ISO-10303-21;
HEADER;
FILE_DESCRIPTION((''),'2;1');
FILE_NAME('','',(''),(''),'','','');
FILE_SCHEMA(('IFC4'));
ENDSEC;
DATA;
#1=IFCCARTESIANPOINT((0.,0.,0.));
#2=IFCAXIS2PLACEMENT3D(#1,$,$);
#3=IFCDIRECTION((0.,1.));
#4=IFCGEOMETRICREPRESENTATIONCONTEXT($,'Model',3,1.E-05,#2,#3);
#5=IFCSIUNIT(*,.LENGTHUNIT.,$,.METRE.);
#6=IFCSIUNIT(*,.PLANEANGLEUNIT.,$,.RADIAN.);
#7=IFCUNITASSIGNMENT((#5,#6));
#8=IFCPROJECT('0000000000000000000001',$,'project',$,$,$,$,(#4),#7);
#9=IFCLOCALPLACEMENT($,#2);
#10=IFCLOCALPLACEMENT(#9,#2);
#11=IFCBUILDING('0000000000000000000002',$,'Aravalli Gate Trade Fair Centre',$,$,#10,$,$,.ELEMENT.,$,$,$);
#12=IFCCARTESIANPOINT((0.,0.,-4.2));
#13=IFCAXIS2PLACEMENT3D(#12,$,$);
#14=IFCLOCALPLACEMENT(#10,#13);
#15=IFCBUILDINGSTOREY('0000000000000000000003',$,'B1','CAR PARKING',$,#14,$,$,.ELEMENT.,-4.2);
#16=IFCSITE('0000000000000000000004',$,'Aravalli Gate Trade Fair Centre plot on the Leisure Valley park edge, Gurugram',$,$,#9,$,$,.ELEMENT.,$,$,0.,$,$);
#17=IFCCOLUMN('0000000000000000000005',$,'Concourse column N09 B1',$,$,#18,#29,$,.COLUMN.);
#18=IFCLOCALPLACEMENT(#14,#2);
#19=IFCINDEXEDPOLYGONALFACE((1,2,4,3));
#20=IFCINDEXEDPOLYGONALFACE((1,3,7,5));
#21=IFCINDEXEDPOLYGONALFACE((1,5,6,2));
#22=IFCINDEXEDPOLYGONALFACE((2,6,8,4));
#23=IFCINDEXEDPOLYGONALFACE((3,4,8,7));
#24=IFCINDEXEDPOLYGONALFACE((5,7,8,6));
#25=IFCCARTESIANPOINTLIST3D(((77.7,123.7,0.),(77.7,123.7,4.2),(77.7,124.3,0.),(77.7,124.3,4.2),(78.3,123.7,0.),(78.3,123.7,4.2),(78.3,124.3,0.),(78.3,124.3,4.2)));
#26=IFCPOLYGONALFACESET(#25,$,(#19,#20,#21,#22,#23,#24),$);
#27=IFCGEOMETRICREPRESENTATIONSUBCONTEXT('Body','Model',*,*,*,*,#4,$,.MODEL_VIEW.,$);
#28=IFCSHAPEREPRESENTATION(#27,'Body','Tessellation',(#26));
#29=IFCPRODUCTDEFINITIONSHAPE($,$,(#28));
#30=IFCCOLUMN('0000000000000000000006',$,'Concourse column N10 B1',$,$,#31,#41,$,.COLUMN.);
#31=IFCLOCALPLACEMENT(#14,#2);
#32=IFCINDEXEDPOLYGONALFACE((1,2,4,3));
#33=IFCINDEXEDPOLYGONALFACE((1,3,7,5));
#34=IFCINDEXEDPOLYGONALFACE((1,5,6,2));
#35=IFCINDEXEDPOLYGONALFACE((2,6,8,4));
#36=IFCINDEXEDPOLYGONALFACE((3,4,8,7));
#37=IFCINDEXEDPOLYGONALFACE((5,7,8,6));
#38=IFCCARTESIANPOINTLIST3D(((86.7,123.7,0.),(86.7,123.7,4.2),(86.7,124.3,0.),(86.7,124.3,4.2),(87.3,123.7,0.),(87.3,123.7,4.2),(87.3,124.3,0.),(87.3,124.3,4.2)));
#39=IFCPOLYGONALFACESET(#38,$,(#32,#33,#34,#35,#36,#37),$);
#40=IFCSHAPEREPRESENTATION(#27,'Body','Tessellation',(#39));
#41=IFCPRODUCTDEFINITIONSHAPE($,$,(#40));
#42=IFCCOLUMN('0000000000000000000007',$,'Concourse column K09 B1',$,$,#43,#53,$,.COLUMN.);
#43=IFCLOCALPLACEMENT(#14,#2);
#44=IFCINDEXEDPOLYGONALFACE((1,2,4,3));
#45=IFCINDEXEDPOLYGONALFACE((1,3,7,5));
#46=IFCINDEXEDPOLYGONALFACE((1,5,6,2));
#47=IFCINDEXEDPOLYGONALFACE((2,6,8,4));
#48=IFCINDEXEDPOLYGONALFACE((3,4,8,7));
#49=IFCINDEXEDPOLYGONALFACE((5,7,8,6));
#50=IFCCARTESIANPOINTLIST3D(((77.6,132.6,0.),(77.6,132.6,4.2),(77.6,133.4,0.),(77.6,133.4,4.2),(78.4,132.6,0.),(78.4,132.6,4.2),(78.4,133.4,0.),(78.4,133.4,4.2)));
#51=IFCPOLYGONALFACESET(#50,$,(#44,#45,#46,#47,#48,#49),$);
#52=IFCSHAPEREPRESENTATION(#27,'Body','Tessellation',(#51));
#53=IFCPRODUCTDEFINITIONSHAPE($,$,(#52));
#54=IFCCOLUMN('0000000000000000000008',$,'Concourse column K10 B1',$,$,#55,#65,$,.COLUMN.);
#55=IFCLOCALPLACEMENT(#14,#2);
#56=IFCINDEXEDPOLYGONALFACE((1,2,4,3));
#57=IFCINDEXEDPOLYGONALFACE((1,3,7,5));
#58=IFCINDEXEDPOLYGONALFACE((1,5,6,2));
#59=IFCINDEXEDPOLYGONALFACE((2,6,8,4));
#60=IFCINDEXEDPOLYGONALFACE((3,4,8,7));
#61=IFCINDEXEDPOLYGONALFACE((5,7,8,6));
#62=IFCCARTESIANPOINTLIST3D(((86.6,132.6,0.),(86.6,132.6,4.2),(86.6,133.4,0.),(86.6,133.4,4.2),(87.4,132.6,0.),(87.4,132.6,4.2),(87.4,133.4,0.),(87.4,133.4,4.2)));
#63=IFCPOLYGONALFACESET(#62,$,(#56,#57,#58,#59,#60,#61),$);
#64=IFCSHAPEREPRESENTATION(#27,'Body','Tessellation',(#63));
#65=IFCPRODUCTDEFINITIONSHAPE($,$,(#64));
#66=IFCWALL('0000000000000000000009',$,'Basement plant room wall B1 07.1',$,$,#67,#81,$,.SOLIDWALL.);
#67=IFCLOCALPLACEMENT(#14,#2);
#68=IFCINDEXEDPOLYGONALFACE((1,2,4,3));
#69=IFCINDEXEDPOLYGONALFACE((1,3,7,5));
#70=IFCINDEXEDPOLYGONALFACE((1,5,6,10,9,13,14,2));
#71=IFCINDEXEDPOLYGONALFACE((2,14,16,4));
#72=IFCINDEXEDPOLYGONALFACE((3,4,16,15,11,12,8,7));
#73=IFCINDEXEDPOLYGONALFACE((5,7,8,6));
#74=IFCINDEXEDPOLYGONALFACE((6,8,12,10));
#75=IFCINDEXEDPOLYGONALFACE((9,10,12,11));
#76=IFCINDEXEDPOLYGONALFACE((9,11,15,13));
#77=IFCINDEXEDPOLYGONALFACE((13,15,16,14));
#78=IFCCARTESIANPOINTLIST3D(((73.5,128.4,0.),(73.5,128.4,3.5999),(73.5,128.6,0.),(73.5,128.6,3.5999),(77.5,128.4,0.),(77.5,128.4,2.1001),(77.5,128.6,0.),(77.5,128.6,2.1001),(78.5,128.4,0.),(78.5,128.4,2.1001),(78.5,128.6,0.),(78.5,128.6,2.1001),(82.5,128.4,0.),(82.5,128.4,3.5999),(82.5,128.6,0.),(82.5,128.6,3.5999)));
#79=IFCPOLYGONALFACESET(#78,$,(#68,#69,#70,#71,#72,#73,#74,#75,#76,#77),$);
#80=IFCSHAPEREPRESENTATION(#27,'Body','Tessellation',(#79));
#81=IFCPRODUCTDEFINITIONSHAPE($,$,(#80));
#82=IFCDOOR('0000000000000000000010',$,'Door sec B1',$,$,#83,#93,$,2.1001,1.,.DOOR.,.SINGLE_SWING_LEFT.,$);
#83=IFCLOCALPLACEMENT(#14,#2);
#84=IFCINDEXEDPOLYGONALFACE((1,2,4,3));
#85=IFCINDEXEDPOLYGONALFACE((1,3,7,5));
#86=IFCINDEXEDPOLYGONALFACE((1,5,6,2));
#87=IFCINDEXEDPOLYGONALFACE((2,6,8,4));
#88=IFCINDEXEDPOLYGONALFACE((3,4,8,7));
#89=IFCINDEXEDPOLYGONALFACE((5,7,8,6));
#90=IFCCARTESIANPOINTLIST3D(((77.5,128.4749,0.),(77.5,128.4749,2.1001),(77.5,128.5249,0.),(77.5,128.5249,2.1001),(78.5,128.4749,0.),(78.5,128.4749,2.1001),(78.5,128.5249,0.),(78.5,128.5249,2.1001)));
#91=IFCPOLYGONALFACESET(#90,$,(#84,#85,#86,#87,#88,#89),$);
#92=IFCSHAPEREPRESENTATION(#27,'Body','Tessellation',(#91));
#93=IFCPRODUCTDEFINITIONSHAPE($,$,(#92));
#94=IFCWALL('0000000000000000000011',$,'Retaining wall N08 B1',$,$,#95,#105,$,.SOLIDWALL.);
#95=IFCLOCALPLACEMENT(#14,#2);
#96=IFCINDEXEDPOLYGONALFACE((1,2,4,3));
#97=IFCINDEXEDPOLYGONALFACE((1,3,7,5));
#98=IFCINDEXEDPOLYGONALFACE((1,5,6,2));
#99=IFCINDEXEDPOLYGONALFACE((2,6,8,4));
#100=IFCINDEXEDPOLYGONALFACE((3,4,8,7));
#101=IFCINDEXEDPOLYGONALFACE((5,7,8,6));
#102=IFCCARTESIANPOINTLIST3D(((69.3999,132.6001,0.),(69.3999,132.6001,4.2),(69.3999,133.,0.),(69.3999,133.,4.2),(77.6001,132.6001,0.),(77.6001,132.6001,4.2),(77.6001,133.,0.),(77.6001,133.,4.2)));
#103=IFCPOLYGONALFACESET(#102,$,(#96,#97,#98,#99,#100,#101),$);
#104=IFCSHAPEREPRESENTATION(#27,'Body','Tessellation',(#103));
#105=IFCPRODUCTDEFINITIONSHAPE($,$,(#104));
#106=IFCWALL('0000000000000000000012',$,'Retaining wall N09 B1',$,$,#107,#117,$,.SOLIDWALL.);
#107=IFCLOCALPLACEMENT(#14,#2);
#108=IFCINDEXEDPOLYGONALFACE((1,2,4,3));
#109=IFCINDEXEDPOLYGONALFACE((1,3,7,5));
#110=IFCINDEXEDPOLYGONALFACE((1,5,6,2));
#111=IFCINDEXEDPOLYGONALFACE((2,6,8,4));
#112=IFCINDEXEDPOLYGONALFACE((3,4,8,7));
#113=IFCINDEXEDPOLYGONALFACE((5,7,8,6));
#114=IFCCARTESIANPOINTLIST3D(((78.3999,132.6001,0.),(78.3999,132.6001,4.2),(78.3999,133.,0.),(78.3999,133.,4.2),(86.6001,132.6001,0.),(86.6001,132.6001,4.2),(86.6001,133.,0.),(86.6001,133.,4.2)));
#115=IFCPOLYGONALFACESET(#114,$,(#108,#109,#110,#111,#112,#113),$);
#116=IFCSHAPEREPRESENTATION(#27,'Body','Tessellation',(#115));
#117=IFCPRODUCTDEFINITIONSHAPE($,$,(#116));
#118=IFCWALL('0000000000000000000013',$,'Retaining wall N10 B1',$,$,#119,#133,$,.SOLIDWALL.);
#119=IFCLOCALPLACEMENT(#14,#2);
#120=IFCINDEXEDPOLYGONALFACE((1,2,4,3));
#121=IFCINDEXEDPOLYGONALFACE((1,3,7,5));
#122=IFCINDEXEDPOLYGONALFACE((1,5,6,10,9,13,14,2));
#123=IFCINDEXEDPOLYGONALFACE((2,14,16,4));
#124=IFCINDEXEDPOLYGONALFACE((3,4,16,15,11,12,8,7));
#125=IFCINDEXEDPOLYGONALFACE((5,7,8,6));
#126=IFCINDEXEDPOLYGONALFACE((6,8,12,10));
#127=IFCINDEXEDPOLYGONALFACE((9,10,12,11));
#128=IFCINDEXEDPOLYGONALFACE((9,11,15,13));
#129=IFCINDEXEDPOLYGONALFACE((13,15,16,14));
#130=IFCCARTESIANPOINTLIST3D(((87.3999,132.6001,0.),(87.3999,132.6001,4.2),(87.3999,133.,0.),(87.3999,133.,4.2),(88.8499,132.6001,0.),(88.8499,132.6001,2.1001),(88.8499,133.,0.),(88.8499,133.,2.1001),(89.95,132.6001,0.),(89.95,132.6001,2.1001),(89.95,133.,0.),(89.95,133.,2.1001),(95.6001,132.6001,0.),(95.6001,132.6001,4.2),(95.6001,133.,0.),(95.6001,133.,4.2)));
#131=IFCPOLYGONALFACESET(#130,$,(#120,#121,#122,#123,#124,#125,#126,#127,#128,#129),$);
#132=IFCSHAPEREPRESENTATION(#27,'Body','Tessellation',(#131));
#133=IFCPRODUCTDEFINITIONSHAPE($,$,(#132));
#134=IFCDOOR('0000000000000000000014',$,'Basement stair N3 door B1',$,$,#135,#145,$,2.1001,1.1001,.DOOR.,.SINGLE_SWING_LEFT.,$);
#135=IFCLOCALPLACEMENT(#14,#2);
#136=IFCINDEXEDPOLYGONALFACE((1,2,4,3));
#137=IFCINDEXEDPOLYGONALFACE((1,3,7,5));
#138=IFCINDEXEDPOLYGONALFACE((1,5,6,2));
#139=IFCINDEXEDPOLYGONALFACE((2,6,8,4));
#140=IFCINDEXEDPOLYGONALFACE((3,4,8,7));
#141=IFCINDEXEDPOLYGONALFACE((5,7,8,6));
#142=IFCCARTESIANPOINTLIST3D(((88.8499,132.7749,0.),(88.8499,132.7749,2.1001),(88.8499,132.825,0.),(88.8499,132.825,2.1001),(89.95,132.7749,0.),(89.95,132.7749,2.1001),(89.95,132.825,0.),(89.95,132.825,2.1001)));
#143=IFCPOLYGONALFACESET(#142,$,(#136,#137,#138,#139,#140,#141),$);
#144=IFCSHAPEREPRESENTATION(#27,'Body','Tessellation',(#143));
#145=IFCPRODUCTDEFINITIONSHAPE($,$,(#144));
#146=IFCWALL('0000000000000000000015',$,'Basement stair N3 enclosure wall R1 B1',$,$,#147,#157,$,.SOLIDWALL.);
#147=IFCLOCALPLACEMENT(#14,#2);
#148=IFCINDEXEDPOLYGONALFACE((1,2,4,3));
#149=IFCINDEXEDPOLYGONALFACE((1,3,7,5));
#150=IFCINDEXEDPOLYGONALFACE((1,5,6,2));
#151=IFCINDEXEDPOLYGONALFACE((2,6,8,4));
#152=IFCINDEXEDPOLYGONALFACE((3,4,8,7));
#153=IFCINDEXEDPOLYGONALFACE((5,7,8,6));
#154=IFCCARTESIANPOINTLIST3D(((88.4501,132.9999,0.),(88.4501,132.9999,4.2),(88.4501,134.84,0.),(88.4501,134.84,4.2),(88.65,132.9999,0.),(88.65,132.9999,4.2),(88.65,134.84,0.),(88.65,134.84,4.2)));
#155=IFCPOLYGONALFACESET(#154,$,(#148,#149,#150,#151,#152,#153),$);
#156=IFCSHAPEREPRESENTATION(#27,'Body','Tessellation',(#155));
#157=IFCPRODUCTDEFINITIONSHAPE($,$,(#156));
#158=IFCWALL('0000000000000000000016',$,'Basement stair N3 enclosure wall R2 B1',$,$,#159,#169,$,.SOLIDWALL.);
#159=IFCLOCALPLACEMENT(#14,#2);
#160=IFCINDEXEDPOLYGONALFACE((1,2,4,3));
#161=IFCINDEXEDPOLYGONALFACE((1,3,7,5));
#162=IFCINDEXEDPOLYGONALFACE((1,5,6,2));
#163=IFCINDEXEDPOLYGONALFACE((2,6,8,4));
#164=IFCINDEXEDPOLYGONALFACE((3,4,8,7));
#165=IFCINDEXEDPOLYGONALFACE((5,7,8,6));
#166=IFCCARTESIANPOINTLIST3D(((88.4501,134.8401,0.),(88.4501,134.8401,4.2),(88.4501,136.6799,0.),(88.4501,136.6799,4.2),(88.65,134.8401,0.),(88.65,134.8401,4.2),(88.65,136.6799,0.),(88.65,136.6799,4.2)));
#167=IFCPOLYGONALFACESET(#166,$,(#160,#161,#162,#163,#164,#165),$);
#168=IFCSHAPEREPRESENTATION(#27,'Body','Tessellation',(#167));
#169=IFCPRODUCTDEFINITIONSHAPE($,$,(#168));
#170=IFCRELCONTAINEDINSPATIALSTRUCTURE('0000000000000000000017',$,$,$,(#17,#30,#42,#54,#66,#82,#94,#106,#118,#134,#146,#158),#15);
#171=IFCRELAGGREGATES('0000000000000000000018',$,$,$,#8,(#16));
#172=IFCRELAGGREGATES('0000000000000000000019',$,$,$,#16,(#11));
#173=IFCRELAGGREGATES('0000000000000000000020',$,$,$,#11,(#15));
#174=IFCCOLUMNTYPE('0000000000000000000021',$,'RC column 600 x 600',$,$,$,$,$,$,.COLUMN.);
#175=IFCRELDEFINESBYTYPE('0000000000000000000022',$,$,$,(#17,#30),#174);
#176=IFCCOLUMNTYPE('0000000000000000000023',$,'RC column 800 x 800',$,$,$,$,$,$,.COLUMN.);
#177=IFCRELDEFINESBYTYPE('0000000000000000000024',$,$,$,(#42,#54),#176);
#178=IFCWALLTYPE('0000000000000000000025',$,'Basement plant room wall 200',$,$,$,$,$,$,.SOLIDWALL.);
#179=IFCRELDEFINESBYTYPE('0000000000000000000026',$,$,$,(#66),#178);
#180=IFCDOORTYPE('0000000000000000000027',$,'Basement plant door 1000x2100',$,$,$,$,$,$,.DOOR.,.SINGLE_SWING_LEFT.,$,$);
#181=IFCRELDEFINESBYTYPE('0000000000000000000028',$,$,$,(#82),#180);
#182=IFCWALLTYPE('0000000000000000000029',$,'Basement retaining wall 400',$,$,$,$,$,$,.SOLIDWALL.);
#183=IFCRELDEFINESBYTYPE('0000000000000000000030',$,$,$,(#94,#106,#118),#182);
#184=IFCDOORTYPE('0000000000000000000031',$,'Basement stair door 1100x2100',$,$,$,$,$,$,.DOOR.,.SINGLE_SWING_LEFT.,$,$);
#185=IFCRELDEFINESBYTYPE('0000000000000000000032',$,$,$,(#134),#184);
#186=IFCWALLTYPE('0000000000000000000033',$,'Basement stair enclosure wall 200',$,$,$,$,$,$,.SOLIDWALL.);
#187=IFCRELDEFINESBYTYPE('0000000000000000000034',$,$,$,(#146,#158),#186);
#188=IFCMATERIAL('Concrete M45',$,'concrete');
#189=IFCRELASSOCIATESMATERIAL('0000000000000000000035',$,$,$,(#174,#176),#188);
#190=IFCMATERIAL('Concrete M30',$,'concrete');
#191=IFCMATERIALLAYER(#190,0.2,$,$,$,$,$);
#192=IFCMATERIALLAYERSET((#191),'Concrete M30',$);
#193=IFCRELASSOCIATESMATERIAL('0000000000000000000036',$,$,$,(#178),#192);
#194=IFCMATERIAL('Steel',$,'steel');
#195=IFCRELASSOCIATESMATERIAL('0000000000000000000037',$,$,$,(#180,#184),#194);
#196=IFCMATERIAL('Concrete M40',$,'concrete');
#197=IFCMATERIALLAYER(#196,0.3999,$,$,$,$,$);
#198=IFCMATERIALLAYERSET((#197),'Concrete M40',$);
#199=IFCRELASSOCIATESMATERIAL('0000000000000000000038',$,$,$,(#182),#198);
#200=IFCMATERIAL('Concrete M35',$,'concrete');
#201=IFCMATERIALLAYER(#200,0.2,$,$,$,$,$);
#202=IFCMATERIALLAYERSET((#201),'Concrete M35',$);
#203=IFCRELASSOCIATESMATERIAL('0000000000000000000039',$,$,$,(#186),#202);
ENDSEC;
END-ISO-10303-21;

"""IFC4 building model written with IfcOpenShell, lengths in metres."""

from ifc_helpers import new_model, si_unit, direction, frame, frame_2d, origin, origin_2d, place, context, subcontext, project, spatial, rectangle, extrude, material, layer, layer_set, material_profile, profile_set, type_object, element, fill, save


model = new_model("IFC4")

# Units and contexts
model_context = context("Model", 3, precision=1e-05, world=origin(), true_north=direction((0.0, 1.0)))
body_context = subcontext(model_context, "Body", "Model", "MODEL_VIEW")
ifc_project = project(units=[si_unit("LENGTHUNIT", "METRE"), si_unit("PLANEANGLEUNIT", "RADIAN")], contexts=[model_context])

# Site, building, storey
site_placement = place(None, origin())
site = spatial("IfcSite", under=ifc_project, at=site_placement, Name="Aravalli Gate Trade Fair Centre plot on the Leisure Valley park edge, Gurugram", CompositionType="ELEMENT", RefElevation=0.0)
building_placement = place(site_placement, origin())
building = spatial("IfcBuilding", under=site, at=building_placement, Name="Aravalli Gate Trade Fair Centre", CompositionType="ELEMENT")
storey_placement = place(building_placement, frame((0.0, 0.0, -4.2)))
storey = spatial("IfcBuildingStorey", under=building, at=storey_placement, Name="B1", Description="CAR PARKING", CompositionType="ELEMENT", Elevation=-4.2)

# Shared definitions
ifc_material_1 = material(Name="Concrete M35", Category="concrete")

# Columns
ifc_material_2 = material(Name="Concrete M45", Category="concrete")
ifc_material_profile_1 = material_profile(ifc_material_2, rectangle(XDim=0.6001, YDim=0.6001, at=origin_2d()), Name="RC column 600 x 600")
ifc_profile_set_1 = profile_set([ifc_material_profile_1], Name="Concrete M45")
column_type_1 = type_object("IfcColumnType", Name="RC column 600 x 600", PredefinedType="COLUMN", material=ifc_profile_set_1)
for number, where, z_axis, x_axis, name in (
    (1, (78.0, 124.0, 0.0), (0.0, 0.0, 1.0), (1.0, 0.0, 0.0), "Concourse column N09 B1"),
    (2, (87.0, 124.0, 0.0), (0.0, 0.0, 1.0), (1.0, 0.0, 0.0), "Concourse column N10 B1"),
):
    element("IfcColumn", number, at=place(storey_placement, frame(where, z_axis=z_axis, x_axis=x_axis)), inside=storey, type_object=column_type_1, Name=name, PredefinedType="COLUMN", context=body_context, shape_type="SweptSolid", body=[
        extrude(rectangle(XDim=0.6001, YDim=0.6001, at=origin_2d()), origin(), (0.0, 0.0, 1.0), 4.2),
    ])
ifc_material_profile_2 = material_profile(ifc_material_2, rectangle(XDim=0.8, YDim=0.8, at=origin_2d()), Name="RC column 800 x 800")
ifc_profile_set_2 = profile_set([ifc_material_profile_2], Name="Concrete M45")
column_type_2 = type_object("IfcColumnType", Name="RC column 800 x 800", PredefinedType="COLUMN", material=ifc_profile_set_2)
for number, where, z_axis, x_axis, name in (
    (3, (78.0, 133.0, 0.0), (0.0, 0.0, 1.0), (1.0, 0.0, 0.0), "Concourse column K09 B1"),
    (4, (87.0, 133.0, 0.0), (0.0, 0.0, 1.0), (1.0, 0.0, 0.0), "Concourse column K10 B1"),
):
    element("IfcColumn", number, at=place(storey_placement, frame(where, z_axis=z_axis, x_axis=x_axis)), inside=storey, type_object=column_type_2, Name=name, PredefinedType="COLUMN", context=body_context, shape_type="SweptSolid", body=[
        extrude(rectangle(XDim=0.8, YDim=0.8, at=origin_2d()), origin(), (0.0, 0.0, 1.0), 4.2),
    ])

# Wall, opening, door
ifc_material_3 = material(Name="Concrete M30", Category="concrete")
ifc_layer_1 = layer(ifc_material_3, 0.2)
ifc_layer_set_1 = layer_set([ifc_layer_1], Name="Concrete M30")
wall_type_1 = type_object("IfcWallType", Name="Basement plant room wall 200", PredefinedType="SOLIDWALL", material=ifc_layer_set_1)
wall_1_placement = place(storey_placement, frame((73.5, 128.5, 0.0), z_axis=(0.0, 0.0, 1.0), x_axis=(1.0, 0.0, 0.0)))
wall_1 = element("IfcWall", 5, at=wall_1_placement, inside=storey, type_object=wall_type_1, Name="Basement plant room wall B1 07.1", PredefinedType="SOLIDWALL", context=body_context, shape_type="SweptSolid", body=[
    extrude(rectangle(XDim=9.0, YDim=0.2, at=frame_2d((4.5, 0.0))), origin(), (0.0, 0.0, 1.0), 3.5999),
])
opening_1_placement = place(wall_1_placement, frame((4.0, 0.0, 0.0)))
opening_1 = element("IfcOpeningElement", 6, at=opening_1_placement, cuts=wall_1, PredefinedType="OPENING", context=body_context, shape_type="SweptSolid", body=[
    extrude(rectangle(XDim=1.0, YDim=2.1001, at=frame_2d((0.5, 1.05))), frame((0.0, 0.1099, 0.0), z_axis=(0.0, -1.0, 0.0), x_axis=(1.0, 0.0, 0.0)), (0.0, 0.0, 1.0), 0.22),
])
ifc_material_4 = material(Name="Steel", Category="steel")
door_type_1 = type_object("IfcDoorType", Name="Basement plant door 1000x2100", OperationType="SINGLE_SWING_LEFT", PredefinedType="DOOR", material=ifc_material_4)
door_1_placement = place(opening_1_placement, origin())
door_1 = element("IfcDoor", 7, at=door_1_placement, inside=storey, type_object=door_type_1, Name="Door sec B1", OperationType="SINGLE_SWING_LEFT", OverallHeight=2.1001, OverallWidth=1.0, PredefinedType="DOOR", context=body_context, shape_type="SweptSolid", body=[
    extrude(rectangle(XDim=1.0, YDim=2.1001, at=frame_2d((0.5, 1.05))), frame((0.0, 0.0249, 0.0), z_axis=(0.0, -1.0, 0.0), x_axis=(1.0, 0.0, 0.0)), (0.0, 0.0, 1.0), 0.05),
])
fill(opening_1, door_1)

# Walls
ifc_material_5 = material(Name="Concrete M40", Category="concrete")
ifc_layer_2 = layer(ifc_material_5, 0.3999)
ifc_layer_set_2 = layer_set([ifc_layer_2], Name="Concrete M40")
wall_type_2 = type_object("IfcWallType", Name="Basement retaining wall 400", PredefinedType="SOLIDWALL", material=ifc_layer_set_2)
for number, where, z_axis, x_axis, name in (
    (8, (69.3999, 132.8, 0.0), (0.0, 0.0, 1.0), (1.0, 0.0, 0.0), "Retaining wall N08 B1"),
    (9, (78.3999, 132.8, 0.0), (0.0, 0.0, 1.0), (1.0, 0.0, 0.0), "Retaining wall N09 B1"),
):
    element("IfcWall", number, at=place(storey_placement, frame(where, z_axis=z_axis, x_axis=x_axis)), inside=storey, type_object=wall_type_2, Name=name, PredefinedType="SOLIDWALL", context=body_context, shape_type="SweptSolid", body=[
        extrude(rectangle(XDim=8.2002, YDim=0.3999, at=frame_2d((4.1001, 0.0))), origin(), (0.0, 0.0, 1.0), 4.2),
    ])

# Wall, opening, door
wall_2_placement = place(storey_placement, frame((87.3999, 132.8, 0.0), z_axis=(0.0, 0.0, 1.0), x_axis=(1.0, 0.0, 0.0)))
wall_2 = element("IfcWall", 10, at=wall_2_placement, inside=storey, type_object=wall_type_2, Name="Retaining wall N10 B1", PredefinedType="SOLIDWALL", context=body_context, shape_type="SweptSolid", body=[
    extrude(rectangle(XDim=8.2002, YDim=0.3999, at=frame_2d((4.1001, 0.0))), origin(), (0.0, 0.0, 1.0), 4.2),
])
opening_2_placement = place(wall_2_placement, frame((1.45, 0.0, 0.0)))
opening_2 = element("IfcOpeningElement", 11, at=opening_2_placement, cuts=wall_2, PredefinedType="OPENING", context=body_context, shape_type="SweptSolid", body=[
    extrude(rectangle(XDim=1.1001, YDim=2.1001, at=frame_2d((0.55, 1.05))), frame((0.0, 0.21, 0.0), z_axis=(0.0, -1.0, 0.0), x_axis=(1.0, 0.0, 0.0)), (0.0, 0.0, 1.0), 0.4199),
])
door_type_2 = type_object("IfcDoorType", Name="Basement stair door 1100x2100", OperationType="SINGLE_SWING_LEFT", PredefinedType="DOOR", material=ifc_material_4)
door_2_placement = place(opening_2_placement, origin())
door_2 = element("IfcDoor", 12, at=door_2_placement, inside=storey, type_object=door_type_2, Name="Basement stair N3 door B1", OperationType="SINGLE_SWING_LEFT", OverallHeight=2.1001, OverallWidth=1.1001, PredefinedType="DOOR", context=body_context, shape_type="SweptSolid", body=[
    extrude(rectangle(XDim=1.1001, YDim=2.1001, at=frame_2d((0.55, 1.05))), frame((0.0, 0.0249, 0.0), z_axis=(0.0, -1.0, 0.0), x_axis=(1.0, 0.0, 0.0)), (0.0, 0.0, 1.0), 0.05),
])
fill(opening_2, door_2)

# Walls
ifc_layer_3 = layer(ifc_material_1, 0.2)
ifc_layer_set_3 = layer_set([ifc_layer_3], Name="Concrete M35")
wall_type_3 = type_object("IfcWallType", Name="Basement stair enclosure wall 200", PredefinedType="SOLIDWALL", material=ifc_layer_set_3)
wall_3_placement = place(storey_placement, frame((88.55, 133.0, 0.0), z_axis=(0.0, 0.0, 1.0), x_axis=(0.0, 1.0, 0.0)))
element("IfcWall", 13, at=wall_3_placement, inside=storey, type_object=wall_type_3, Name="Basement stair N3 enclosure wall R1 B1", PredefinedType="SOLIDWALL", context=body_context, shape_type="SweptSolid", body=[
    extrude(rectangle(XDim=1.8401, YDim=0.2, at=frame_2d((0.9199, 0.0))), origin(), (0.0, 0.0, 1.0), 4.2),
])
wall_4_placement = place(storey_placement, frame((88.55, 134.8401, 0.0), z_axis=(0.0, 0.0, 1.0), x_axis=(0.0, 1.0, 0.0)))
element("IfcWall", 14, at=wall_4_placement, inside=storey, type_object=wall_type_3, Name="Basement stair N3 enclosure wall R2 B1", PredefinedType="SOLIDWALL", context=body_context, shape_type="SweptSolid", body=[
    extrude(rectangle(XDim=1.8398, YDim=0.2, at=frame_2d((0.9199, 0.0))), origin(), (0.0, 0.0, 1.0), 4.2),
])

save(model, "model.ifc")
